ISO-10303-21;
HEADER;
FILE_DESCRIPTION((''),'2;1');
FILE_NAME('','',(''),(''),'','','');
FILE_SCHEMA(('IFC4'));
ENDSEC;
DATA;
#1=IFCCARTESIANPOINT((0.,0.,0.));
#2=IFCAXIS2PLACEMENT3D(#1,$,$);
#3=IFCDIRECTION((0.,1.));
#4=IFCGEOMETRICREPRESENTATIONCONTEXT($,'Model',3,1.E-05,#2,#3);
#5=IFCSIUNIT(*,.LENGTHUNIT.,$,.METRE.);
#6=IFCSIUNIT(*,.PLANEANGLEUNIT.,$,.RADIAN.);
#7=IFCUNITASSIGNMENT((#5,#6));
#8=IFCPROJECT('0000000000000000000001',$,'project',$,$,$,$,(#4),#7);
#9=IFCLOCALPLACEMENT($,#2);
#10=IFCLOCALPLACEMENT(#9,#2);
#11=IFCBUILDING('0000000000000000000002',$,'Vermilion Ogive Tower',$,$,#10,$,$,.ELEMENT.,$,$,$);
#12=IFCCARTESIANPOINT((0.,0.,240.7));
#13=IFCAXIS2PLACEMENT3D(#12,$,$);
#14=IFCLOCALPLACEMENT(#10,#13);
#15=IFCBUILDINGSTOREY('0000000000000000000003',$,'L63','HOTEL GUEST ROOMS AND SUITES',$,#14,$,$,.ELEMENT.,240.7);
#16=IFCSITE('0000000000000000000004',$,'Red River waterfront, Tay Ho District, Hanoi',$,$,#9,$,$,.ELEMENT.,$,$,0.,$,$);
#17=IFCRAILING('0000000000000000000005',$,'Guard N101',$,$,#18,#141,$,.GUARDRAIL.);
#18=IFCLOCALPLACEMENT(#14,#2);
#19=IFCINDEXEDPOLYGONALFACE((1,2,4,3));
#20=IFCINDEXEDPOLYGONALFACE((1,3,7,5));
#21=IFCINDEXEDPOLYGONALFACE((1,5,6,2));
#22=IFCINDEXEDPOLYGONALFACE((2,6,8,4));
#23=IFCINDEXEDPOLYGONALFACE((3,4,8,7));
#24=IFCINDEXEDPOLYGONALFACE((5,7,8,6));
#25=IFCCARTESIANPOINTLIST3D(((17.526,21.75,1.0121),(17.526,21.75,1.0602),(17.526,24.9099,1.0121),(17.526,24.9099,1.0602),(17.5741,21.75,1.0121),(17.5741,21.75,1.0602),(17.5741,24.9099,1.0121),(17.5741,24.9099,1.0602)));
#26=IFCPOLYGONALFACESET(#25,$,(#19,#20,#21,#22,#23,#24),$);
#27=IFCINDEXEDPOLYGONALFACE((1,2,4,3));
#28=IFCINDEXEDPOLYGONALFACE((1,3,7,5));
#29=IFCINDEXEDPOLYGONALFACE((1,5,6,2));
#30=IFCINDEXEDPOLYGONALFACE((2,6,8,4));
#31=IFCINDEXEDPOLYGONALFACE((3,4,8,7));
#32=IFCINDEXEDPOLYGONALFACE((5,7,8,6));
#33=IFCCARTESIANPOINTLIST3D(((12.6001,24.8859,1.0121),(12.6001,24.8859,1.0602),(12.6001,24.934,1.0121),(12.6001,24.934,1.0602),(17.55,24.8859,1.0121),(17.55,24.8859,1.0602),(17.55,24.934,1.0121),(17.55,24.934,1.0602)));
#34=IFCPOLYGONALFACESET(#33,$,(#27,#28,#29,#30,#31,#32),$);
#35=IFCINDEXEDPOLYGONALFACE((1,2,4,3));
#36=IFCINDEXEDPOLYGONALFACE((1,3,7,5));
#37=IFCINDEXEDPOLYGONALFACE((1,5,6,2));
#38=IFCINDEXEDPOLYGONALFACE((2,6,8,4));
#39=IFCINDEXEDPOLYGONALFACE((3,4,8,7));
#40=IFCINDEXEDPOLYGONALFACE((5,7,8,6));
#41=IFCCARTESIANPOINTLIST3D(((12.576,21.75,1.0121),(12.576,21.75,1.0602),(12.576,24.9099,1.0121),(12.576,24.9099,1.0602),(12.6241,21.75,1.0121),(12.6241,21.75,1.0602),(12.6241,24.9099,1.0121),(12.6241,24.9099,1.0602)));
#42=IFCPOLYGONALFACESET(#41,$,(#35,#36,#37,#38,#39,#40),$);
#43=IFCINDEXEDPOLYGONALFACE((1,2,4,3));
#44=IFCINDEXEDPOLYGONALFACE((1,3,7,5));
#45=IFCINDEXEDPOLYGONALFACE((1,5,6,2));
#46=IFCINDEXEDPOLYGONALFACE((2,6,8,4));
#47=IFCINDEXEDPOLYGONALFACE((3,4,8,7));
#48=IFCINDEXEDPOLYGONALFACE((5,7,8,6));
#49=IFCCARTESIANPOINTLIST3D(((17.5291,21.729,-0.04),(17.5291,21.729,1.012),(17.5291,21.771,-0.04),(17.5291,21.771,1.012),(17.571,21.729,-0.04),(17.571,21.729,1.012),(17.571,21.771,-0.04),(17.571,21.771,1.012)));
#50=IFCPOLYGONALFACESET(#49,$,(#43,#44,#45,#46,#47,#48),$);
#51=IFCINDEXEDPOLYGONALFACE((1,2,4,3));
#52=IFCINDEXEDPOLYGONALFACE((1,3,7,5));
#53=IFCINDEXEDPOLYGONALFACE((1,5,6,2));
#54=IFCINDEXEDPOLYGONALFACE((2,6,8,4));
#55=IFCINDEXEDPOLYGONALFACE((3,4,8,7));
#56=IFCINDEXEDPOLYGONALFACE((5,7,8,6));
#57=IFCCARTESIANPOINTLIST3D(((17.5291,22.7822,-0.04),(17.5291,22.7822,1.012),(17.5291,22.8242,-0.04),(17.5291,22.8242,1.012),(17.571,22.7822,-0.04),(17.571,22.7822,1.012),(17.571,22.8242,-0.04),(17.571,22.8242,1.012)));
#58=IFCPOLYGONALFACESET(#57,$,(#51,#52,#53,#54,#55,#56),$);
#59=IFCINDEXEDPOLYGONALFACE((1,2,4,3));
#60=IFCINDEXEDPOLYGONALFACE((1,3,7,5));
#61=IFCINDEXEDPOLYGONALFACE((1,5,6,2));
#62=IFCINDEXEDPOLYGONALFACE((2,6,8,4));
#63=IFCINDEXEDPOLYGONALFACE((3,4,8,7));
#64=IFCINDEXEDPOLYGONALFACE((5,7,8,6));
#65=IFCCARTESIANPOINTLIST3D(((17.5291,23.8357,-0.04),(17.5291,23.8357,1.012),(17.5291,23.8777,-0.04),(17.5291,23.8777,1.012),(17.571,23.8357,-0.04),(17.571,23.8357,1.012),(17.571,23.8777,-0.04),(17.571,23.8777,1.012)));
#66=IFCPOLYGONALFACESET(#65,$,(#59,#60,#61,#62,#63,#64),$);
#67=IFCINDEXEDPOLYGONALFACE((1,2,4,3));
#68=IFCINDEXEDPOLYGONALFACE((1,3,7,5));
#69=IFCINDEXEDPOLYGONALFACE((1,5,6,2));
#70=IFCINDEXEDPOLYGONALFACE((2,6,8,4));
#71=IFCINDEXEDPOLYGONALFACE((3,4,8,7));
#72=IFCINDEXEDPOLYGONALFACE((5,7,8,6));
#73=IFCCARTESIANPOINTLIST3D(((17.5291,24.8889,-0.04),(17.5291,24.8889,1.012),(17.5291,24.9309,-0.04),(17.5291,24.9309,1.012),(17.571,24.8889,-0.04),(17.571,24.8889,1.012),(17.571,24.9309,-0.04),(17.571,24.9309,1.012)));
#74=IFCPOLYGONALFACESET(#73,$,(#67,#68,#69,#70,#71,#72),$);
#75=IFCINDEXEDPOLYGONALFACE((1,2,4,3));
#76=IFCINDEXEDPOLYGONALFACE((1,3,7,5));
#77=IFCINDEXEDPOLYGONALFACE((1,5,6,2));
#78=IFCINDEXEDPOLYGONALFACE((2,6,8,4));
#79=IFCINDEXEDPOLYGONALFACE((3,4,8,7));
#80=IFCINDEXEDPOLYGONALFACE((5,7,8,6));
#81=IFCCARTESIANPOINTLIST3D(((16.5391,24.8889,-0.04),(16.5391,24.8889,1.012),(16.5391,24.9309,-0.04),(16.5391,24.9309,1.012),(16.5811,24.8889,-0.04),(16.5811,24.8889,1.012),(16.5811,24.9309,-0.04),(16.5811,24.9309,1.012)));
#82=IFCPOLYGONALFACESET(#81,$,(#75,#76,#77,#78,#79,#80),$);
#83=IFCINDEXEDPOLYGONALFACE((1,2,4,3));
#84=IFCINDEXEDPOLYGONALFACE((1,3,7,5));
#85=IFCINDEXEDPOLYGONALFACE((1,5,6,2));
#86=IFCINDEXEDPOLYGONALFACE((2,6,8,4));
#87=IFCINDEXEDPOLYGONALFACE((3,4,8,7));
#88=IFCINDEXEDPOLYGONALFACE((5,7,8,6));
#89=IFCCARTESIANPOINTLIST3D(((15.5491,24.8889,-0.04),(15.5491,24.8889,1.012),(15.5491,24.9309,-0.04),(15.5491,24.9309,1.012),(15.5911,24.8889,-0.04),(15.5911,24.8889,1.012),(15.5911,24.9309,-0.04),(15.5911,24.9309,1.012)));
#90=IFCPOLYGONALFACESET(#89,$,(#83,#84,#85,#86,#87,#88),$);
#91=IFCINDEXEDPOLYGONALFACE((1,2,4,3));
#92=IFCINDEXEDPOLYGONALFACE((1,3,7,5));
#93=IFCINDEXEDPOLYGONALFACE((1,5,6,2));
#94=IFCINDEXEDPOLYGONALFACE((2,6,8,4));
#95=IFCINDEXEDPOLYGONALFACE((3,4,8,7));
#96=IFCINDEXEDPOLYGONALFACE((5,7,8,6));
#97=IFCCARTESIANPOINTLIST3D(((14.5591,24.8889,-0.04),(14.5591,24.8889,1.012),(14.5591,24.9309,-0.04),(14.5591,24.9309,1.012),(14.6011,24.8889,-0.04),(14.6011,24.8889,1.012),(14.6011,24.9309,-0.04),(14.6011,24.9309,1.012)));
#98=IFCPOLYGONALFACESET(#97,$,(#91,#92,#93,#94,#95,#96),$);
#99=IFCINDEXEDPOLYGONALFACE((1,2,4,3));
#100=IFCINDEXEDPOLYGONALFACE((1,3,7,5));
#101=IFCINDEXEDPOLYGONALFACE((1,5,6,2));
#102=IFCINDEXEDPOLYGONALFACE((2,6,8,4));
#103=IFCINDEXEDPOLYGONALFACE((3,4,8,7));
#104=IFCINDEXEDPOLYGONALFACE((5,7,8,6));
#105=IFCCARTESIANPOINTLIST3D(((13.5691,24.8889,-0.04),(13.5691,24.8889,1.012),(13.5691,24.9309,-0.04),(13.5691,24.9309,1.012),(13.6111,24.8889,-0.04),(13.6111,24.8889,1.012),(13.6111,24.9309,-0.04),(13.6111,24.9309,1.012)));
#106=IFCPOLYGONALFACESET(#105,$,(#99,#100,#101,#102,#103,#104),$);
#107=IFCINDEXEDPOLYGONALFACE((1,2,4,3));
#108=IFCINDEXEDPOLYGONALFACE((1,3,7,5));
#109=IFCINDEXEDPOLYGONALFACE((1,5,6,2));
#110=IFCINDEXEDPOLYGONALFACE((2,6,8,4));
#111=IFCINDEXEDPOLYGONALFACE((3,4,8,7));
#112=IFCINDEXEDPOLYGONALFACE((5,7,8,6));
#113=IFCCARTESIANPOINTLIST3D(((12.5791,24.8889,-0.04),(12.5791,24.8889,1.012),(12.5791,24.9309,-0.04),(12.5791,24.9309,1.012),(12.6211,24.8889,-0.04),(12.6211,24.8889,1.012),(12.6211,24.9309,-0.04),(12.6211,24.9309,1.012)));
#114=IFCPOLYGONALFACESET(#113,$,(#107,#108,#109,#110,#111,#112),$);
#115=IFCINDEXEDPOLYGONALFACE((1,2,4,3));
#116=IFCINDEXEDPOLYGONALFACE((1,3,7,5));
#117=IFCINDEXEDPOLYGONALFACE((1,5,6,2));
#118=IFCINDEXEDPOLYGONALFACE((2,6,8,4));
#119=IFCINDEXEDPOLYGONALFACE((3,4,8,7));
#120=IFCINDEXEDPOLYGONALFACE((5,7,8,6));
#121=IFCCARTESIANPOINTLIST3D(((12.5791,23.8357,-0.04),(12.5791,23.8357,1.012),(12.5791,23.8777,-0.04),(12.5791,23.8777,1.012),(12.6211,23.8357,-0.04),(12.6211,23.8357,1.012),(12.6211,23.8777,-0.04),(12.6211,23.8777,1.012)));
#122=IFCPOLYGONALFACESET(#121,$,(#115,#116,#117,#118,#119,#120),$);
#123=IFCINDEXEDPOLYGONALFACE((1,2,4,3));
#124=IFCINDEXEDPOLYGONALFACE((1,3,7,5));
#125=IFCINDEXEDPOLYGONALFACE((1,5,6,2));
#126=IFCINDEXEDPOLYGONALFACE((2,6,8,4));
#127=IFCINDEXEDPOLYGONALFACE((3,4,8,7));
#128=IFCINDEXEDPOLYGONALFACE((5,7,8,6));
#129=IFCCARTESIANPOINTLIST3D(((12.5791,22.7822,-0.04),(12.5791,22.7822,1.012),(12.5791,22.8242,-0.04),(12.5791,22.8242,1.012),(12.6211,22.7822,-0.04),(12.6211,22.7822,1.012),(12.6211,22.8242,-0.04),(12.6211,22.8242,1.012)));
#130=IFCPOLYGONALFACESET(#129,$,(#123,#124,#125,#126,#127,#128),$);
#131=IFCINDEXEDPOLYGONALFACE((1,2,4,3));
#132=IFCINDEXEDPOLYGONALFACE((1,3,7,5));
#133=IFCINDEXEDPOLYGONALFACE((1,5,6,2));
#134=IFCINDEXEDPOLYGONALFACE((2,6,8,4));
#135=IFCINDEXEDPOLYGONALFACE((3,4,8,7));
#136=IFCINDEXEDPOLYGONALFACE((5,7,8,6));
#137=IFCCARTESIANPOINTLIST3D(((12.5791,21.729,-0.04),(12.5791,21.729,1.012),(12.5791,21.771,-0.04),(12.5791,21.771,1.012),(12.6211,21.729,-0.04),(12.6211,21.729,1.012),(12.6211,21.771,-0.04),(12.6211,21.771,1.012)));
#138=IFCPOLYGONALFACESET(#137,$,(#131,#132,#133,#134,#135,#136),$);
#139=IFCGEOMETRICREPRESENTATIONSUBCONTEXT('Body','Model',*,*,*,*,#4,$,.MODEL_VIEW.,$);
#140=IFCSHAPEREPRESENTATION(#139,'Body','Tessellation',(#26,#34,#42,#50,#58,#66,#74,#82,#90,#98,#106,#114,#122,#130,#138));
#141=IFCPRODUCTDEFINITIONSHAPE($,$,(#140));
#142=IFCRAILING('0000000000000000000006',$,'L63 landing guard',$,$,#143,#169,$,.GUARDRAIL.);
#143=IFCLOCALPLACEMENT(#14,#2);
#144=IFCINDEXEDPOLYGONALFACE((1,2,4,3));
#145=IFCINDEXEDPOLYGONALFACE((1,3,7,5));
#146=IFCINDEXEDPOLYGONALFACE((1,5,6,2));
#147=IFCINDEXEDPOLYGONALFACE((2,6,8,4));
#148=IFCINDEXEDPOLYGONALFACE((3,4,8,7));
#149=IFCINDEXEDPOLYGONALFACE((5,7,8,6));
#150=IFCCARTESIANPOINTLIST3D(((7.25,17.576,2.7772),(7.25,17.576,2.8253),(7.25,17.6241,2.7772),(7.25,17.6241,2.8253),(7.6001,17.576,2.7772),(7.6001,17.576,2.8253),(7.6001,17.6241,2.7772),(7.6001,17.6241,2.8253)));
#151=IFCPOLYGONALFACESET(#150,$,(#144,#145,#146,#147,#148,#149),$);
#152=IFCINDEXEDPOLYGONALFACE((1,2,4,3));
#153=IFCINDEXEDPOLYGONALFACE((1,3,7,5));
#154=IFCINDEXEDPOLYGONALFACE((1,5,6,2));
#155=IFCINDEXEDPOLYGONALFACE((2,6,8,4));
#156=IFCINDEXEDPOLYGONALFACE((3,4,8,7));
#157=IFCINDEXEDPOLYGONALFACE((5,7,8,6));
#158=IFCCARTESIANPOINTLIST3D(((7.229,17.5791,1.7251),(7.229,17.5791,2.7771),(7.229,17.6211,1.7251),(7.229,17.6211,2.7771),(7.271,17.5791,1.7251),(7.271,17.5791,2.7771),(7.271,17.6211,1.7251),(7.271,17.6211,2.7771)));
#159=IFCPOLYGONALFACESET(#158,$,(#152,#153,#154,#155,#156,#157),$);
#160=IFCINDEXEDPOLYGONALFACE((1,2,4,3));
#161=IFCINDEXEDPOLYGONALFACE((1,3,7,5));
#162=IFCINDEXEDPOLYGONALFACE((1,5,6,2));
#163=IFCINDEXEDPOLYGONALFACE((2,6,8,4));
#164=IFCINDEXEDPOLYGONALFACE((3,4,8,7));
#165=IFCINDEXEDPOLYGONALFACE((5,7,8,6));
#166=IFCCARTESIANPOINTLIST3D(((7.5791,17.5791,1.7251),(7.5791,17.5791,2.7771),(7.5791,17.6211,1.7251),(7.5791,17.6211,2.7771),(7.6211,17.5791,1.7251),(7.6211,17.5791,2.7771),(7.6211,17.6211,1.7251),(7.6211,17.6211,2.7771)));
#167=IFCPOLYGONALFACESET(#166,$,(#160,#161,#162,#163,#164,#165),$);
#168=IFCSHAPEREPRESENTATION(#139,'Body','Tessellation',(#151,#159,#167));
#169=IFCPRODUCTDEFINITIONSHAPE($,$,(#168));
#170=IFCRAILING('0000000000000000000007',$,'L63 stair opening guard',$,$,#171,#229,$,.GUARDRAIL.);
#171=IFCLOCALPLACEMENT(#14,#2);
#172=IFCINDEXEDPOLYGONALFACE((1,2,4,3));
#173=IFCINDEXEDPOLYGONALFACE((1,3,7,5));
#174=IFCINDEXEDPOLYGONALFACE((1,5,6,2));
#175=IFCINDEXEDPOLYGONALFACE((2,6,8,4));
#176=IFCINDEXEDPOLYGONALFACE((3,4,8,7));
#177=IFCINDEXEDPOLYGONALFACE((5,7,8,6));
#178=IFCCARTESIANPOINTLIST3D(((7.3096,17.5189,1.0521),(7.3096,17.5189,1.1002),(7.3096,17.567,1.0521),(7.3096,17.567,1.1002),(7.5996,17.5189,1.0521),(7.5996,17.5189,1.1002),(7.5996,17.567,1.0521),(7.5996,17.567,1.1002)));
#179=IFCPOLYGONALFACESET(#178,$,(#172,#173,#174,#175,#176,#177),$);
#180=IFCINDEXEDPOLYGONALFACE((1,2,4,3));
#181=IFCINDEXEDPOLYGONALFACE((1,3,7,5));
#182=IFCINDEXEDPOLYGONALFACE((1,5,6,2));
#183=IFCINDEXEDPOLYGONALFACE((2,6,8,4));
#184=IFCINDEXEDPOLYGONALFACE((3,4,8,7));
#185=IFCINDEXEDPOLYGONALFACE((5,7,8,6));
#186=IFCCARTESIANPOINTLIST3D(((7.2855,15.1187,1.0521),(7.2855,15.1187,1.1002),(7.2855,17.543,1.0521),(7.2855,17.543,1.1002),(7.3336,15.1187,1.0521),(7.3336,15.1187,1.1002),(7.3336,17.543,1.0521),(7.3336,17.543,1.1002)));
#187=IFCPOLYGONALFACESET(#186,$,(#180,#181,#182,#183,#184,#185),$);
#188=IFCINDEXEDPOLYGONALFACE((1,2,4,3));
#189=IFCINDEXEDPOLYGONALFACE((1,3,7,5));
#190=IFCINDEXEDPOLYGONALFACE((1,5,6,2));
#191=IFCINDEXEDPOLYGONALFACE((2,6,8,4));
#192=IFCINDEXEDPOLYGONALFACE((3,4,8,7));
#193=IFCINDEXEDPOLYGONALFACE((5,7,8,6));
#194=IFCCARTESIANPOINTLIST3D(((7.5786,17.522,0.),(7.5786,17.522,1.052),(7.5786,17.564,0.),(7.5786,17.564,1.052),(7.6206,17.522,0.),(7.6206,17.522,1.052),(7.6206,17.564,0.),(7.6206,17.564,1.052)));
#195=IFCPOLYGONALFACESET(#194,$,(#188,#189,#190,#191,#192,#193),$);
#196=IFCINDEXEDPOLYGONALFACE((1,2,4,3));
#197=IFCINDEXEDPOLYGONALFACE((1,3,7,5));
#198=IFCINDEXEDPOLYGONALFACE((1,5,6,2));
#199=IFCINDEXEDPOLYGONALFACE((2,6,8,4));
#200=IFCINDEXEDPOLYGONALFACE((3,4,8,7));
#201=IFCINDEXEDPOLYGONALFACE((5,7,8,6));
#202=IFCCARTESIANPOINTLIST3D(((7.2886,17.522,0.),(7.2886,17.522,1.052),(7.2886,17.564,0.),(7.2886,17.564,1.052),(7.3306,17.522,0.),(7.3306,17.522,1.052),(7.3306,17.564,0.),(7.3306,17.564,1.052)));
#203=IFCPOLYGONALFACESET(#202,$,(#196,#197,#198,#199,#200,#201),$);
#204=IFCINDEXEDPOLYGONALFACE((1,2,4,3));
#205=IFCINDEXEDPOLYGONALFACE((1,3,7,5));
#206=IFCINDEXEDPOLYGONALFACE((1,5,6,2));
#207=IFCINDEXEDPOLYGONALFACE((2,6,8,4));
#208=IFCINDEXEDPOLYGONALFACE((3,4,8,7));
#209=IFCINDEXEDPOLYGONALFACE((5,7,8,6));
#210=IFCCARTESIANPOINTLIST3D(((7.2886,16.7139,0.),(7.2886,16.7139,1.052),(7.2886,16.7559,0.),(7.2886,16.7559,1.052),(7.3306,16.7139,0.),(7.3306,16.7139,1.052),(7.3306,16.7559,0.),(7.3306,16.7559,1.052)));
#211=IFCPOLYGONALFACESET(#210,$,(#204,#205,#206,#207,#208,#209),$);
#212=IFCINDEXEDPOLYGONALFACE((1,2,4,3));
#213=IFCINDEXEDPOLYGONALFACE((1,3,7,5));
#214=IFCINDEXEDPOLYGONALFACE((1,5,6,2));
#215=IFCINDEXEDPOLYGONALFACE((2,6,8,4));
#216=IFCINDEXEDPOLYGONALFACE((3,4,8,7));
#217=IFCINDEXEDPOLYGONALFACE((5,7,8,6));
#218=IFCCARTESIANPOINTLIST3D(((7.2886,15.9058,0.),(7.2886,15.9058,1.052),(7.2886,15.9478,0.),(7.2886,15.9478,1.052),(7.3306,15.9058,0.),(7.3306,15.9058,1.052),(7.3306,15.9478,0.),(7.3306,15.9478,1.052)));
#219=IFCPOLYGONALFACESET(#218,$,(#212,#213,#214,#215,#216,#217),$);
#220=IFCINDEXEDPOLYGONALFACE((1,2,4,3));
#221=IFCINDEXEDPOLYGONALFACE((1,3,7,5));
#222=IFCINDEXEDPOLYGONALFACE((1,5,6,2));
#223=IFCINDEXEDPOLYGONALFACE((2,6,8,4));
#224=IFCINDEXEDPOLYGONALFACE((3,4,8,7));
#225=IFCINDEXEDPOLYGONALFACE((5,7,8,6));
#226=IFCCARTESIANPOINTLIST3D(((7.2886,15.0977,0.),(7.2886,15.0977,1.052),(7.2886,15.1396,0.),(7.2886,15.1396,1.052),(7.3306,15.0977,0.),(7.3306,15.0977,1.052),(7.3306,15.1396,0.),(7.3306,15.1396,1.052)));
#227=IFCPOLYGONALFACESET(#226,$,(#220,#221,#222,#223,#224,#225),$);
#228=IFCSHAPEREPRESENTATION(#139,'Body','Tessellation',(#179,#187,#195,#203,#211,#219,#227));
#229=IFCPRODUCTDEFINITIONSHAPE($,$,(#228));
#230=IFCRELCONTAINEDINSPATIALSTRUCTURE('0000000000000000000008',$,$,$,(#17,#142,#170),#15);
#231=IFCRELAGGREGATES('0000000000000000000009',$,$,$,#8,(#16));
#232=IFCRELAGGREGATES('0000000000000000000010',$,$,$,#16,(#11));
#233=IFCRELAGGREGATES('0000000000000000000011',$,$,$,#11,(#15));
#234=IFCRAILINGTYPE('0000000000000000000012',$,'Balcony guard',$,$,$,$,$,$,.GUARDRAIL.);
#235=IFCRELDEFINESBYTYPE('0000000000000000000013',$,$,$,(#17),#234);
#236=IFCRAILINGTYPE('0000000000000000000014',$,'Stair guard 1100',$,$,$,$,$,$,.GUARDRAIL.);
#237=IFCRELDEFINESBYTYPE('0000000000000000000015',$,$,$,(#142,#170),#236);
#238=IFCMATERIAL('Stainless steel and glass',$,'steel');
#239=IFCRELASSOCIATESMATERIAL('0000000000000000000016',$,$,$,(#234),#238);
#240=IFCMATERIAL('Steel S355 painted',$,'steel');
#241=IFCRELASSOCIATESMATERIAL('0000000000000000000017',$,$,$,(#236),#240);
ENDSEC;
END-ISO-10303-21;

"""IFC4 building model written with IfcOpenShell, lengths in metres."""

from ifc_helpers import new_model, si_unit, direction, frame, origin, origin_2d, place, context, subcontext, project, spatial, rectangle, extrude, material, type_object, element, save


model = new_model("IFC4")

# Units and contexts
model_context = context("Model", 3, precision=1e-05, world=origin(), true_north=direction((0.0, 1.0)))
body_context = subcontext(model_context, "Body", "Model", "MODEL_VIEW")
ifc_project = project(units=[si_unit("LENGTHUNIT", "METRE"), si_unit("PLANEANGLEUNIT", "RADIAN")], contexts=[model_context])

# Site, building, storey
site_placement = place(None, origin())
site = spatial("IfcSite", under=ifc_project, at=site_placement, Name="Red River waterfront, Tay Ho District, Hanoi", CompositionType="ELEMENT", RefElevation=0.0)
building_placement = place(site_placement, origin())
building = spatial("IfcBuilding", under=site, at=building_placement, Name="Vermilion Ogive Tower", CompositionType="ELEMENT")
storey_placement = place(building_placement, frame((0.0, 0.0, 240.7)))
storey = spatial("IfcBuildingStorey", under=building, at=storey_placement, Name="L63", Description="HOTEL GUEST ROOMS AND SUITES", CompositionType="ELEMENT", Elevation=240.7)

# Railings
ifc_material_1 = material(Name="Stainless steel and glass", Category="steel")
railing_type_1 = type_object("IfcRailingType", Name="Balcony guard", PredefinedType="GUARDRAIL", material=ifc_material_1)
railing_1_placement = place(storey_placement, frame((17.55, 21.75, -0.04)))
element("IfcRailing", 1, at=railing_1_placement, inside=storey, type_object=railing_type_1, Name="Guard N101", PredefinedType="GUARDRAIL", context=body_context, shape_type="SweptSolid", body=[
    extrude(rectangle(XDim=0.0481, YDim=0.0481, at=origin_2d()), frame((0.0, 0.0, 1.0762), z_axis=(0.0, 1.0, 0.0), x_axis=(-1.0, 0.0, 0.0)), (0.0, 0.0, 1.0), 3.1599),
    extrude(rectangle(XDim=0.0481, YDim=0.0481, at=origin_2d()), frame((0.0, 3.1599, 1.0762), z_axis=(-1.0, 0.0, 0.0), x_axis=(0.0, -1.0, 0.0)), (0.0, 0.0, 1.0), 4.95),
    extrude(rectangle(XDim=0.0481, YDim=0.0481, at=origin_2d()), frame((-4.95, 3.1599, 1.0762), z_axis=(0.0, -1.0, 0.0), x_axis=(1.0, 0.0, 0.0)), (0.0, 0.0, 1.0), 3.1599),
    extrude(rectangle(XDim=0.042, YDim=0.042, at=origin_2d()), origin(), (0.0, 0.0, 1.0), 1.052),
    extrude(rectangle(XDim=0.042, YDim=0.042, at=origin_2d()), frame((0.0, 1.0532, 0.0)), (0.0, 0.0, 1.0), 1.052),
    extrude(rectangle(XDim=0.042, YDim=0.042, at=origin_2d()), frame((0.0, 2.1067, 0.0)), (0.0, 0.0, 1.0), 1.052),
    extrude(rectangle(XDim=0.042, YDim=0.042, at=origin_2d()), frame((0.0, 3.1599, 0.0)), (0.0, 0.0, 1.0), 1.052),
    extrude(rectangle(XDim=0.042, YDim=0.042, at=origin_2d()), frame((-0.99, 3.1599, 0.0)), (0.0, 0.0, 1.0), 1.052),
    extrude(rectangle(XDim=0.042, YDim=0.042, at=origin_2d()), frame((-1.98, 3.1599, 0.0)), (0.0, 0.0, 1.0), 1.052),
    extrude(rectangle(XDim=0.042, YDim=0.042, at=origin_2d()), frame((-2.97, 3.1599, 0.0)), (0.0, 0.0, 1.0), 1.052),
    extrude(rectangle(XDim=0.042, YDim=0.042, at=origin_2d()), frame((-3.96, 3.1599, 0.0)), (0.0, 0.0, 1.0), 1.052),
    extrude(rectangle(XDim=0.042, YDim=0.042, at=origin_2d()), frame((-4.95, 3.1599, 0.0)), (0.0, 0.0, 1.0), 1.052),
    extrude(rectangle(XDim=0.042, YDim=0.042, at=origin_2d()), frame((-4.95, 2.1067, 0.0)), (0.0, 0.0, 1.0), 1.052),
    extrude(rectangle(XDim=0.042, YDim=0.042, at=origin_2d()), frame((-4.95, 1.0532, 0.0)), (0.0, 0.0, 1.0), 1.052),
    extrude(rectangle(XDim=0.042, YDim=0.042, at=origin_2d()), frame((-4.95, 0.0, 0.0)), (0.0, 0.0, 1.0), 1.052),
])
ifc_material_2 = material(Name="Steel S355 painted", Category="steel")
railing_type_2 = type_object("IfcRailingType", Name="Stair guard 1100", PredefinedType="GUARDRAIL", material=ifc_material_2)
railing_2_placement = place(storey_placement, frame((7.25, 17.6001, 1.7251)))
element("IfcRailing", 2, at=railing_2_placement, inside=storey, type_object=railing_type_2, Name="L63 landing guard", PredefinedType="GUARDRAIL", context=body_context, shape_type="SweptSolid", body=[
    extrude(rectangle(XDim=0.0481, YDim=0.0481, at=origin_2d()), frame((0.0, 0.0, 1.0762), z_axis=(1.0, 0.0, 0.0), x_axis=(0.0, 1.0, 0.0)), (0.0, 0.0, 1.0), 0.3501),
    extrude(rectangle(XDim=0.042, YDim=0.042, at=origin_2d()), origin(), (0.0, 0.0, 1.0), 1.052),
    extrude(rectangle(XDim=0.042, YDim=0.042, at=origin_2d()), frame((0.3501, 0.0, 0.0)), (0.0, 0.0, 1.0), 1.052),
])
railing_3_placement = place(storey_placement, frame((7.5996, 17.543, 0.0)))
element("IfcRailing", 3, at=railing_3_placement, inside=storey, type_object=railing_type_2, Name="L63 stair opening guard", PredefinedType="GUARDRAIL", context=body_context, shape_type="SweptSolid", body=[
    extrude(rectangle(XDim=0.0481, YDim=0.0481, at=origin_2d()), frame((0.0, 0.0, 1.0762), z_axis=(-1.0, 0.0, 0.0), x_axis=(0.0, -1.0, 0.0)), (0.0, 0.0, 1.0), 0.29),
    extrude(rectangle(XDim=0.0481, YDim=0.0481, at=origin_2d()), frame((-0.29, 0.0, 1.0762), z_axis=(0.0, -1.0, 0.0), x_axis=(1.0, 0.0, 0.0)), (0.0, 0.0, 1.0), 2.4243),
    extrude(rectangle(XDim=0.042, YDim=0.042, at=origin_2d()), origin(), (0.0, 0.0, 1.0), 1.052),
    extrude(rectangle(XDim=0.042, YDim=0.042, at=origin_2d()), frame((-0.29, 0.0, 0.0)), (0.0, 0.0, 1.0), 1.052),
    extrude(rectangle(XDim=0.042, YDim=0.042, at=origin_2d()), frame((-0.29, -0.8081, 0.0)), (0.0, 0.0, 1.0), 1.052),
    extrude(rectangle(XDim=0.042, YDim=0.042, at=origin_2d()), frame((-0.29, -1.6162, 0.0)), (0.0, 0.0, 1.0), 1.052),
    extrude(rectangle(XDim=0.042, YDim=0.042, at=origin_2d()), frame((-0.29, -2.4243, 0.0)), (0.0, 0.0, 1.0), 1.052),
])

save(model, "model.ifc")
